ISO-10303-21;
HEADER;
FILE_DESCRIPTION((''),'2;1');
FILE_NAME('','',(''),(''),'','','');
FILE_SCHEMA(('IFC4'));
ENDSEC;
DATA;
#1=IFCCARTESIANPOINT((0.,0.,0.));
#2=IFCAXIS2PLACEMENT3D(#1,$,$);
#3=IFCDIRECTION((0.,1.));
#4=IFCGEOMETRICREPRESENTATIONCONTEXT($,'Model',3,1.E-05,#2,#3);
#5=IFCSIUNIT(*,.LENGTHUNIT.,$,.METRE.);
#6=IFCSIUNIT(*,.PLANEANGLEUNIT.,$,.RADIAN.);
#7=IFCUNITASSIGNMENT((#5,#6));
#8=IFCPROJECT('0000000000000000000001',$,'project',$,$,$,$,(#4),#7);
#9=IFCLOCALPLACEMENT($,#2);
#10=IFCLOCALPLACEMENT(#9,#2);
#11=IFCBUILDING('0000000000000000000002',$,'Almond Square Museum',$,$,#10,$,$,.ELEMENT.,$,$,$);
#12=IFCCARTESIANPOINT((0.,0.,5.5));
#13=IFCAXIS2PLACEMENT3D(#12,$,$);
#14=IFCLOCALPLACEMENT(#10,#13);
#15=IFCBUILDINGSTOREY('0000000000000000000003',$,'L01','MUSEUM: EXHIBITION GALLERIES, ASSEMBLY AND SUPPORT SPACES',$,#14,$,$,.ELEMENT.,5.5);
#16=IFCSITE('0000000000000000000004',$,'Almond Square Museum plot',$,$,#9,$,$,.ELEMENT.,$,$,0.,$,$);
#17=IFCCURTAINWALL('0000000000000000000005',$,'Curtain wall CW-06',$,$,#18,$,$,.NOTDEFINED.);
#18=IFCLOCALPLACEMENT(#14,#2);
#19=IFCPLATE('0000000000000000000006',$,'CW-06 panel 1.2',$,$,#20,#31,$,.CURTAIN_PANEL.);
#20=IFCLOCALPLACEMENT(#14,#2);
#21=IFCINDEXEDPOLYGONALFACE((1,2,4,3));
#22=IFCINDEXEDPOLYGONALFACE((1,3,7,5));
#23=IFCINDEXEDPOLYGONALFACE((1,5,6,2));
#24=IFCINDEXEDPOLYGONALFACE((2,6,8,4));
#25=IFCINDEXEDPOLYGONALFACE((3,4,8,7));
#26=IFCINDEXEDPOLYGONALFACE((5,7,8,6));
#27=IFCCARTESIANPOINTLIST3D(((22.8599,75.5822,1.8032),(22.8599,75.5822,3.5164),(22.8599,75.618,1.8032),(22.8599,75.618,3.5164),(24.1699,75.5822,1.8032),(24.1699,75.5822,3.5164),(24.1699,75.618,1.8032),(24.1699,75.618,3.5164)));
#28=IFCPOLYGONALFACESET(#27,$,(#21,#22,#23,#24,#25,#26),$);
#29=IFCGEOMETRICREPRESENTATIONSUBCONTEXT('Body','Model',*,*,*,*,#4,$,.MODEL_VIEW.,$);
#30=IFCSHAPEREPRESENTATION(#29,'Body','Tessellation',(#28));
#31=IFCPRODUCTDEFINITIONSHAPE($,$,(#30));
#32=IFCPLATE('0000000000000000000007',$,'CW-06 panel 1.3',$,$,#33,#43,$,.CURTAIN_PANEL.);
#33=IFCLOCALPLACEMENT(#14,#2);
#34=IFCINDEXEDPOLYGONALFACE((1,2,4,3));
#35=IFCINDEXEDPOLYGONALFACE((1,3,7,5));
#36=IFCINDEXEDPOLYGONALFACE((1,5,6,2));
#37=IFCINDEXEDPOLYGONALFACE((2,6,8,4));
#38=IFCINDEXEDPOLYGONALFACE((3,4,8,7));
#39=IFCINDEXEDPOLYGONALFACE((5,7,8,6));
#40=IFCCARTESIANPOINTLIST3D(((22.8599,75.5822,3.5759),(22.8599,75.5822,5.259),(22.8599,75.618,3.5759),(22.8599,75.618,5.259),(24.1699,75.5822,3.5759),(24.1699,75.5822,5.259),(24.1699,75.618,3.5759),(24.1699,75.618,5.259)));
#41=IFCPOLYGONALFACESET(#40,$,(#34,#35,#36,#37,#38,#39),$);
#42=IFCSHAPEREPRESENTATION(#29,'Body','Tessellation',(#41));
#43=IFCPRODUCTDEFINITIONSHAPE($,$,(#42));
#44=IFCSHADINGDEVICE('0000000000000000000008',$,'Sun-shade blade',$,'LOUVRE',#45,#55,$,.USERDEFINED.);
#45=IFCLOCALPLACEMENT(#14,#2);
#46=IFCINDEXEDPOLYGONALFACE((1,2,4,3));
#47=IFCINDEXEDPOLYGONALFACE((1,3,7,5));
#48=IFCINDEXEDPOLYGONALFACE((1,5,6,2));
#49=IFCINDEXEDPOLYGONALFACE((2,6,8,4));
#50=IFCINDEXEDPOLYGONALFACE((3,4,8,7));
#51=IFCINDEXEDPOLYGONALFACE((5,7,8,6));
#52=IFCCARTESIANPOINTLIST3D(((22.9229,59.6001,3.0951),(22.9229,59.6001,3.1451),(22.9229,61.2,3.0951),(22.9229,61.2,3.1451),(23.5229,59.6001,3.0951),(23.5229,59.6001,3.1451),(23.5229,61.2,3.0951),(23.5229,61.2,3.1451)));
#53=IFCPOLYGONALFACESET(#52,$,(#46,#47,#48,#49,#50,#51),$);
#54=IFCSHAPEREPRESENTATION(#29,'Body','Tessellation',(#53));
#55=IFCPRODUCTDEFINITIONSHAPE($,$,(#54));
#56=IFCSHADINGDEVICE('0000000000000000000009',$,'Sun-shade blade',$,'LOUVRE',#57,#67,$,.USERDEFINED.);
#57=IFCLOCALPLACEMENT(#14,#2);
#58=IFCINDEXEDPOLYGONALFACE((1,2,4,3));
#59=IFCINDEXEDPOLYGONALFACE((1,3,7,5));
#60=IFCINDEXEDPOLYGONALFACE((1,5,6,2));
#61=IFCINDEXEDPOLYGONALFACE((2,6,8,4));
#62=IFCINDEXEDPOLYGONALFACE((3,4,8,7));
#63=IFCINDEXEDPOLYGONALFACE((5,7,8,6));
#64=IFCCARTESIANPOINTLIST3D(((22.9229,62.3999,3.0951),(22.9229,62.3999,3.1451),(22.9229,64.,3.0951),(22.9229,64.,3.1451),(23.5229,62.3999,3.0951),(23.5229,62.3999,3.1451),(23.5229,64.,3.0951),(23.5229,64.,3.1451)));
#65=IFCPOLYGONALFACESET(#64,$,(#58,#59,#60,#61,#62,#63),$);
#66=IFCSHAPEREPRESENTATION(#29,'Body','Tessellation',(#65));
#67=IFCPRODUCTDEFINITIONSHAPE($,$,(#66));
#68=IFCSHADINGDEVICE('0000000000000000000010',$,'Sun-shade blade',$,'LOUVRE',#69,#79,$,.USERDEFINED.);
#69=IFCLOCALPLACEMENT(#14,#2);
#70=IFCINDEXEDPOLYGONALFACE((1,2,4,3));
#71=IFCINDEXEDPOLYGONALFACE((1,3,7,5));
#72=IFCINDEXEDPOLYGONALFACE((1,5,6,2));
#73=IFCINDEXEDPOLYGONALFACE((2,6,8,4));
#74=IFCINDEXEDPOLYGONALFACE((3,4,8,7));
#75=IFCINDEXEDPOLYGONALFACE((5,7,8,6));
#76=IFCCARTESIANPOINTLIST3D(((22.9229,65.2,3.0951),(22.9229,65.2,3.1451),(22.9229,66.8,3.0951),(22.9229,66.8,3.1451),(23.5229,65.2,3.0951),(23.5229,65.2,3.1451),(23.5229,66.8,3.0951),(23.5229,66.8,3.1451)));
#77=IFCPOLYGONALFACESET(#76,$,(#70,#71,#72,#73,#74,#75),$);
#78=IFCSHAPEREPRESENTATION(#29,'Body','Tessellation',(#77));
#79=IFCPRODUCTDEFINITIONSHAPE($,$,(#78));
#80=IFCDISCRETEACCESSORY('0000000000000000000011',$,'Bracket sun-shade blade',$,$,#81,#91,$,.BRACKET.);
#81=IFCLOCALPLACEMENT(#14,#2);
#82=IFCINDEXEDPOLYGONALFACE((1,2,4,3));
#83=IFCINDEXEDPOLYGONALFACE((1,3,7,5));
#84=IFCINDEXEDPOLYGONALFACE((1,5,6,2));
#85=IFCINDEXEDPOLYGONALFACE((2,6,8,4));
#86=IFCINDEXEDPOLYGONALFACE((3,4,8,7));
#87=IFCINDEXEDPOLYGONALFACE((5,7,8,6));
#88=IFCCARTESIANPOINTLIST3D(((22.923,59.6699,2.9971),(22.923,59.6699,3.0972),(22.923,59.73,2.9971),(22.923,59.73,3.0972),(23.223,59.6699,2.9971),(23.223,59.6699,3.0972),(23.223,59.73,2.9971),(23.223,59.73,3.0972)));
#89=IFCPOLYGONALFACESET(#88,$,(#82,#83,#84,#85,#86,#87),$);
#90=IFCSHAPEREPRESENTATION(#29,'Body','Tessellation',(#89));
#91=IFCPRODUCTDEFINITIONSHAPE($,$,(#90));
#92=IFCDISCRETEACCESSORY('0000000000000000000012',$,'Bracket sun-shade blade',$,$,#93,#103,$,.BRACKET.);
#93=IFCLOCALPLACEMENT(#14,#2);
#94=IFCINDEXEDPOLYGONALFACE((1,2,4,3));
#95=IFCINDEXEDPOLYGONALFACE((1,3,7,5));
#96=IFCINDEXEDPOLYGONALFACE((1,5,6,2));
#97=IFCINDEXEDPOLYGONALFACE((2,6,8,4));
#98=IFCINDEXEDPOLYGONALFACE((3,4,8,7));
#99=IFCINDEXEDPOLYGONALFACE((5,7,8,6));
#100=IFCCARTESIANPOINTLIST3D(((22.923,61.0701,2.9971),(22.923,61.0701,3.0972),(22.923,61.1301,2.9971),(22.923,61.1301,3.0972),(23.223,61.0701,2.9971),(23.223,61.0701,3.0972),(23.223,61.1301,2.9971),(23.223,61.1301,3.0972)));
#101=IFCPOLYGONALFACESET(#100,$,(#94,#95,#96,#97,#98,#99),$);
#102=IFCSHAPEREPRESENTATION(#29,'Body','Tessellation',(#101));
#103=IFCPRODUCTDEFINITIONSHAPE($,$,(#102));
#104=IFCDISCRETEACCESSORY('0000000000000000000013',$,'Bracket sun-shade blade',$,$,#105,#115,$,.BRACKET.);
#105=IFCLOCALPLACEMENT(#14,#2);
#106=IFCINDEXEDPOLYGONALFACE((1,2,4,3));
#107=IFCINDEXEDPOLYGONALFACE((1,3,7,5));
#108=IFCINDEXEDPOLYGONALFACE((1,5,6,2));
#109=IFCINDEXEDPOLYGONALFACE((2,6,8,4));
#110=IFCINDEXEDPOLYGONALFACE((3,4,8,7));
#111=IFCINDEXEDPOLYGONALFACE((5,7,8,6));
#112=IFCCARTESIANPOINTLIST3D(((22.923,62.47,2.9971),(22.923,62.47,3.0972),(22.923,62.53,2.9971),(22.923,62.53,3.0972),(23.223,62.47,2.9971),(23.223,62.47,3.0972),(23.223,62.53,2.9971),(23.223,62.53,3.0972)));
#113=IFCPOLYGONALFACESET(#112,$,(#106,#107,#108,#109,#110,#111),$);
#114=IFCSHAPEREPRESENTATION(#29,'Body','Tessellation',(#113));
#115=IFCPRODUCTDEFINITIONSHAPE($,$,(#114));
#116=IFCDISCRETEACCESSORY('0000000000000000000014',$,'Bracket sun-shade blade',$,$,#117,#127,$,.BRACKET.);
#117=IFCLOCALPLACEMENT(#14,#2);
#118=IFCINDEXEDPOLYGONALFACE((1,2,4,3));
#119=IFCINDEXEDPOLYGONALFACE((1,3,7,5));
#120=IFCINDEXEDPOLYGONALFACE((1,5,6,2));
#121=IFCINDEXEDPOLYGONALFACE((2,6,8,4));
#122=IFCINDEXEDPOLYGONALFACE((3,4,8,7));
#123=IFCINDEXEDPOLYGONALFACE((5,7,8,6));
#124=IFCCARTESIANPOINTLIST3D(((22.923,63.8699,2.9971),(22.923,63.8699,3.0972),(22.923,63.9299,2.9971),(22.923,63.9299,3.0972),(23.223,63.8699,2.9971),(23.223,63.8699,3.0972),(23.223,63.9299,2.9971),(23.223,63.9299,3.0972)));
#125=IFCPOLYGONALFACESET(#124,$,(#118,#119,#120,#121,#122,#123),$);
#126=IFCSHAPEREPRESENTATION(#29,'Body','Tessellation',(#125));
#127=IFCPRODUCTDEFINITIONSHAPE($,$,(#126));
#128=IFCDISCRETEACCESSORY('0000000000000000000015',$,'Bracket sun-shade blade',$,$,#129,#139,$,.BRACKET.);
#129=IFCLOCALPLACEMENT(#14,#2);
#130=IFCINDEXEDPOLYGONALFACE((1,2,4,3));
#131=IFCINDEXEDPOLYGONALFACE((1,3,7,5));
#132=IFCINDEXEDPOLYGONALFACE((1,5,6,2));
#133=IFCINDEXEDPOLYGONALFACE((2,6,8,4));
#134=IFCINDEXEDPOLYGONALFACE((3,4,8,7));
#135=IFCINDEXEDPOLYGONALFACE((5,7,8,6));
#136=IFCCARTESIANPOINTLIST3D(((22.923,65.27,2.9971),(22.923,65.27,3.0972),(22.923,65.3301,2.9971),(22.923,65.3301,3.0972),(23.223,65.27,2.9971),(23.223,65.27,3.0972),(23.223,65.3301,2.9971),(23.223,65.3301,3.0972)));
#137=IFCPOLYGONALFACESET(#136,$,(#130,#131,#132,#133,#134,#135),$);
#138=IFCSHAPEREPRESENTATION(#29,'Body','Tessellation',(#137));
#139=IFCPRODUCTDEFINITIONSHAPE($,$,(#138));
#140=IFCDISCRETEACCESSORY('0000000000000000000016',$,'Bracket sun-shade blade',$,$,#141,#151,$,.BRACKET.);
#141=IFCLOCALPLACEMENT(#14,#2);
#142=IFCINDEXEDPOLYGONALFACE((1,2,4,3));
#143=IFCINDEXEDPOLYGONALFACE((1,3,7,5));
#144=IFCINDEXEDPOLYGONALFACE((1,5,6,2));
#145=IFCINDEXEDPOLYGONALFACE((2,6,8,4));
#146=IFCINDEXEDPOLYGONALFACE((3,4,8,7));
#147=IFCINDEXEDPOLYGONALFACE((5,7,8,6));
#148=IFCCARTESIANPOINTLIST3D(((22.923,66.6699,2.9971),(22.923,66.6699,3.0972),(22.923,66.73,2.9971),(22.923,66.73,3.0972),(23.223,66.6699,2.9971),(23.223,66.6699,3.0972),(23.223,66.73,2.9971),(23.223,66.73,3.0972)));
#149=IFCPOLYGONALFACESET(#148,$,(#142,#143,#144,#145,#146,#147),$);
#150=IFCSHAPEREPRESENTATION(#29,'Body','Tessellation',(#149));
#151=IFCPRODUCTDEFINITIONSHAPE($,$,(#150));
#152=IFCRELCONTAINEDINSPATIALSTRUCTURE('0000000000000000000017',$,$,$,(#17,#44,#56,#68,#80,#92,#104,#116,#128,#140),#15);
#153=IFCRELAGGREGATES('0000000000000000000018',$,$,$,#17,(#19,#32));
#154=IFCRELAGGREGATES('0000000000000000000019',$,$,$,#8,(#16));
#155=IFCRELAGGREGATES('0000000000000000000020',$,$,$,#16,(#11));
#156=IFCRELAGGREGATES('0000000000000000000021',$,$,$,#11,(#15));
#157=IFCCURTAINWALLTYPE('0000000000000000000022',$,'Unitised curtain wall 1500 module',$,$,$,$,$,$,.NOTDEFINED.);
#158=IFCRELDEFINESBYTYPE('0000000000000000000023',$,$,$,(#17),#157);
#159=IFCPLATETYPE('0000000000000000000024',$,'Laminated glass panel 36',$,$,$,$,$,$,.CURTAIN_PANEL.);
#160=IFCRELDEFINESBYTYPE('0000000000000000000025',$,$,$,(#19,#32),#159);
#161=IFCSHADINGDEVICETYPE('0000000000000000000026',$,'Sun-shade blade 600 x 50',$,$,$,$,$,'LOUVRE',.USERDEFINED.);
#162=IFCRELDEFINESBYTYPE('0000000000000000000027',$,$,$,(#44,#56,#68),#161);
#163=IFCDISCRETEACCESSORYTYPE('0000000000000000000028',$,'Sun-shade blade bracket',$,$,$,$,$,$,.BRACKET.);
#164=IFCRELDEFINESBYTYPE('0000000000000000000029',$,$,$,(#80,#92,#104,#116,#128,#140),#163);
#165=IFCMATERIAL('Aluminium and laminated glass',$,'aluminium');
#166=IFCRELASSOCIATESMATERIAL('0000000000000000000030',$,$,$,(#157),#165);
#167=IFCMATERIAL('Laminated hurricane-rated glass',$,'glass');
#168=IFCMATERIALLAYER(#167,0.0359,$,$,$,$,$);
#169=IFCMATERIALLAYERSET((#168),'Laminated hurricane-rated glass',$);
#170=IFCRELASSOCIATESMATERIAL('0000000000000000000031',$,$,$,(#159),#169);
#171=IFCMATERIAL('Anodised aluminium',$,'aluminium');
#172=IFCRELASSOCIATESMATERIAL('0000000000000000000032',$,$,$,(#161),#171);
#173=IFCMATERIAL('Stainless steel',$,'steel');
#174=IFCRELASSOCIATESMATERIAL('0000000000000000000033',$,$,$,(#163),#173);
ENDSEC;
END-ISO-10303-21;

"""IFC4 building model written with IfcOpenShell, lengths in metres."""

from ifc_helpers import new_model, si_unit, direction, frame, origin, origin_2d, place, context, subcontext, project, spatial, rectangle, extrude, material, layer, layer_set, material_profile, profile_set, type_object, element, aggregate, save


model = new_model("IFC4")

# Units and contexts
model_context = context("Model", 3, precision=1e-05, world=origin(), true_north=direction((0.0, 1.0)))
body_context = subcontext(model_context, "Body", "Model", "MODEL_VIEW")
ifc_project = project(units=[si_unit("LENGTHUNIT", "METRE"), si_unit("PLANEANGLEUNIT", "RADIAN")], contexts=[model_context])

# Site, building, storey
site_placement = place(None, origin())
site = spatial("IfcSite", under=ifc_project, at=site_placement, Name="Almond Square Museum plot", CompositionType="ELEMENT", RefElevation=0.0)
building_placement = place(site_placement, origin())
building = spatial("IfcBuilding", under=site, at=building_placement, Name="Almond Square Museum", CompositionType="ELEMENT")
storey_placement = place(building_placement, frame((0.0, 0.0, 5.5)))
storey = spatial("IfcBuildingStorey", under=building, at=storey_placement, Name="L01", Description="MUSEUM: EXHIBITION GALLERIES, ASSEMBLY AND SUPPORT SPACES", CompositionType="ELEMENT", Elevation=5.5)

# Curtain wall
ifc_material_1 = material(Name="Aluminium and laminated glass", Category="aluminium")
curtain_wall_type = type_object("IfcCurtainWallType", Name="Unitised curtain wall 1500 module", PredefinedType="NOTDEFINED", material=ifc_material_1)
curtain_wall_placement = place(storey_placement, origin())
curtain_wall = element("IfcCurtainWall", 1, at=curtain_wall_placement, inside=storey, type_object=curtain_wall_type, Name="Curtain wall CW-06", PredefinedType="NOTDEFINED")

# Plates
ifc_material_2 = material(Name="Laminated hurricane-rated glass", Category="glass")
ifc_layer = layer(ifc_material_2, 0.0359)
ifc_layer_set = layer_set([ifc_layer], Name="Laminated hurricane-rated glass")
plate_type = type_object("IfcPlateType", Name="Laminated glass panel 36", PredefinedType="CURTAIN_PANEL", material=ifc_layer_set)
plate_1_placement = place(storey_placement, frame((23.5149, 75.6001, 1.8032), z_axis=(0.0, 0.0, 1.0), x_axis=(1.0, 0.0, 0.0)))
plate_1 = element("IfcPlate", 2, at=plate_1_placement, type_object=plate_type, Name="CW-06 panel 1.2", PredefinedType="CURTAIN_PANEL", context=body_context, shape_type="SweptSolid", body=[
    extrude(rectangle(XDim=1.3101, YDim=0.0359, at=origin_2d()), origin(), (0.0, 0.0, 1.0), 1.7131),
])
plate_2_placement = place(storey_placement, frame((23.5149, 75.6001, 3.5759), z_axis=(0.0, 0.0, 1.0), x_axis=(1.0, 0.0, 0.0)))
plate_2 = element("IfcPlate", 3, at=plate_2_placement, type_object=plate_type, Name="CW-06 panel 1.3", PredefinedType="CURTAIN_PANEL", context=body_context, shape_type="SweptSolid", body=[
    extrude(rectangle(XDim=1.3101, YDim=0.0359, at=origin_2d()), origin(), (0.0, 0.0, 1.0), 1.6831),
])
aggregate(curtain_wall, [plate_1, plate_2])

# Shading devices
ifc_material_3 = material(Name="Anodised aluminium", Category="aluminium")
ifc_material_profile_1 = material_profile(ifc_material_3, rectangle(XDim=0.6001, YDim=0.05, at=origin_2d()))
ifc_profile_set_1 = profile_set([ifc_material_profile_1], Name="Anodised aluminium")
shading_device_type = type_object("IfcShadingDeviceType", Name="Sun-shade blade 600 x 50", ElementType="LOUVRE", PredefinedType="USERDEFINED", material=ifc_profile_set_1)
shading_device_placement = place(storey_placement, frame((23.2229, 59.6001, 3.1201), z_axis=(0.0, 1.0, 0.0), x_axis=(-1.0, 0.0, 0.0)))
element("IfcShadingDevice", 4, at=shading_device_placement, inside=storey, type_object=shading_device_type, Name="Sun-shade blade", ObjectType="LOUVRE", PredefinedType="USERDEFINED", context=body_context, shape_type="SweptSolid", body=[
    extrude(rectangle(XDim=0.6001, YDim=0.05, at=origin_2d()), origin(), (0.0, 0.0, 1.0), 1.5999),
])
for number, where, z_axis, x_axis, name in (
    (5, (23.2229, 62.3999, 3.1201), (0.0, 1.0, 0.0), (-1.0, 0.0, 0.0), "Sun-shade blade"),
    (6, (23.2229, 65.2, 3.1201), (0.0, 1.0, 0.0), (-1.0, 0.0, 0.0), "Sun-shade blade"),
):
    element("IfcShadingDevice", number, at=place(storey_placement, frame(where, z_axis=z_axis, x_axis=x_axis)), inside=storey, type_object=shading_device_type, Name=name, ObjectType="LOUVRE", PredefinedType="USERDEFINED", context=body_context, shape_type="SweptSolid", body=[
        extrude(rectangle(XDim=0.6001, YDim=0.05, at=origin_2d()), origin(), (0.0, 0.0, 1.0), 1.6001),
    ])

# Discrete accessories
ifc_material_4 = material(Name="Stainless steel", Category="steel")
discrete_accessory_type = type_object("IfcDiscreteAccessoryType", Name="Sun-shade blade bracket", PredefinedType="BRACKET", material=ifc_material_4)
for number, where, z_axis, x_axis, name in (
    (7, (23.073, 59.7, 2.9971), (0.0, 0.0, 1.0), (1.0, 0.0, 0.0), "Bracket sun-shade blade"),
    (8, (23.073, 61.1001, 2.9971), (0.0, 0.0, 1.0), (1.0, 0.0, 0.0), "Bracket sun-shade blade"),
    (9, (23.073, 62.5, 2.9971), (0.0, 0.0, 1.0), (1.0, 0.0, 0.0), "Bracket sun-shade blade"),
    (10, (23.073, 63.8999, 2.9971), (0.0, 0.0, 1.0), (1.0, 0.0, 0.0), "Bracket sun-shade blade"),
    (11, (23.073, 65.3, 2.9971), (0.0, 0.0, 1.0), (1.0, 0.0, 0.0), "Bracket sun-shade blade"),
    (12, (23.073, 66.7, 2.9971), (0.0, 0.0, 1.0), (1.0, 0.0, 0.0), "Bracket sun-shade blade"),
):
    element("IfcDiscreteAccessory", number, at=place(storey_placement, frame(where, z_axis=z_axis, x_axis=x_axis)), inside=storey, type_object=discrete_accessory_type, Name=name, PredefinedType="BRACKET", context=body_context, shape_type="SweptSolid", body=[
        extrude(rectangle(XDim=0.3, YDim=0.0601, at=origin_2d()), origin(), (0.0, 0.0, 1.0), 0.1001),
    ])

save(model, "model.ifc")
